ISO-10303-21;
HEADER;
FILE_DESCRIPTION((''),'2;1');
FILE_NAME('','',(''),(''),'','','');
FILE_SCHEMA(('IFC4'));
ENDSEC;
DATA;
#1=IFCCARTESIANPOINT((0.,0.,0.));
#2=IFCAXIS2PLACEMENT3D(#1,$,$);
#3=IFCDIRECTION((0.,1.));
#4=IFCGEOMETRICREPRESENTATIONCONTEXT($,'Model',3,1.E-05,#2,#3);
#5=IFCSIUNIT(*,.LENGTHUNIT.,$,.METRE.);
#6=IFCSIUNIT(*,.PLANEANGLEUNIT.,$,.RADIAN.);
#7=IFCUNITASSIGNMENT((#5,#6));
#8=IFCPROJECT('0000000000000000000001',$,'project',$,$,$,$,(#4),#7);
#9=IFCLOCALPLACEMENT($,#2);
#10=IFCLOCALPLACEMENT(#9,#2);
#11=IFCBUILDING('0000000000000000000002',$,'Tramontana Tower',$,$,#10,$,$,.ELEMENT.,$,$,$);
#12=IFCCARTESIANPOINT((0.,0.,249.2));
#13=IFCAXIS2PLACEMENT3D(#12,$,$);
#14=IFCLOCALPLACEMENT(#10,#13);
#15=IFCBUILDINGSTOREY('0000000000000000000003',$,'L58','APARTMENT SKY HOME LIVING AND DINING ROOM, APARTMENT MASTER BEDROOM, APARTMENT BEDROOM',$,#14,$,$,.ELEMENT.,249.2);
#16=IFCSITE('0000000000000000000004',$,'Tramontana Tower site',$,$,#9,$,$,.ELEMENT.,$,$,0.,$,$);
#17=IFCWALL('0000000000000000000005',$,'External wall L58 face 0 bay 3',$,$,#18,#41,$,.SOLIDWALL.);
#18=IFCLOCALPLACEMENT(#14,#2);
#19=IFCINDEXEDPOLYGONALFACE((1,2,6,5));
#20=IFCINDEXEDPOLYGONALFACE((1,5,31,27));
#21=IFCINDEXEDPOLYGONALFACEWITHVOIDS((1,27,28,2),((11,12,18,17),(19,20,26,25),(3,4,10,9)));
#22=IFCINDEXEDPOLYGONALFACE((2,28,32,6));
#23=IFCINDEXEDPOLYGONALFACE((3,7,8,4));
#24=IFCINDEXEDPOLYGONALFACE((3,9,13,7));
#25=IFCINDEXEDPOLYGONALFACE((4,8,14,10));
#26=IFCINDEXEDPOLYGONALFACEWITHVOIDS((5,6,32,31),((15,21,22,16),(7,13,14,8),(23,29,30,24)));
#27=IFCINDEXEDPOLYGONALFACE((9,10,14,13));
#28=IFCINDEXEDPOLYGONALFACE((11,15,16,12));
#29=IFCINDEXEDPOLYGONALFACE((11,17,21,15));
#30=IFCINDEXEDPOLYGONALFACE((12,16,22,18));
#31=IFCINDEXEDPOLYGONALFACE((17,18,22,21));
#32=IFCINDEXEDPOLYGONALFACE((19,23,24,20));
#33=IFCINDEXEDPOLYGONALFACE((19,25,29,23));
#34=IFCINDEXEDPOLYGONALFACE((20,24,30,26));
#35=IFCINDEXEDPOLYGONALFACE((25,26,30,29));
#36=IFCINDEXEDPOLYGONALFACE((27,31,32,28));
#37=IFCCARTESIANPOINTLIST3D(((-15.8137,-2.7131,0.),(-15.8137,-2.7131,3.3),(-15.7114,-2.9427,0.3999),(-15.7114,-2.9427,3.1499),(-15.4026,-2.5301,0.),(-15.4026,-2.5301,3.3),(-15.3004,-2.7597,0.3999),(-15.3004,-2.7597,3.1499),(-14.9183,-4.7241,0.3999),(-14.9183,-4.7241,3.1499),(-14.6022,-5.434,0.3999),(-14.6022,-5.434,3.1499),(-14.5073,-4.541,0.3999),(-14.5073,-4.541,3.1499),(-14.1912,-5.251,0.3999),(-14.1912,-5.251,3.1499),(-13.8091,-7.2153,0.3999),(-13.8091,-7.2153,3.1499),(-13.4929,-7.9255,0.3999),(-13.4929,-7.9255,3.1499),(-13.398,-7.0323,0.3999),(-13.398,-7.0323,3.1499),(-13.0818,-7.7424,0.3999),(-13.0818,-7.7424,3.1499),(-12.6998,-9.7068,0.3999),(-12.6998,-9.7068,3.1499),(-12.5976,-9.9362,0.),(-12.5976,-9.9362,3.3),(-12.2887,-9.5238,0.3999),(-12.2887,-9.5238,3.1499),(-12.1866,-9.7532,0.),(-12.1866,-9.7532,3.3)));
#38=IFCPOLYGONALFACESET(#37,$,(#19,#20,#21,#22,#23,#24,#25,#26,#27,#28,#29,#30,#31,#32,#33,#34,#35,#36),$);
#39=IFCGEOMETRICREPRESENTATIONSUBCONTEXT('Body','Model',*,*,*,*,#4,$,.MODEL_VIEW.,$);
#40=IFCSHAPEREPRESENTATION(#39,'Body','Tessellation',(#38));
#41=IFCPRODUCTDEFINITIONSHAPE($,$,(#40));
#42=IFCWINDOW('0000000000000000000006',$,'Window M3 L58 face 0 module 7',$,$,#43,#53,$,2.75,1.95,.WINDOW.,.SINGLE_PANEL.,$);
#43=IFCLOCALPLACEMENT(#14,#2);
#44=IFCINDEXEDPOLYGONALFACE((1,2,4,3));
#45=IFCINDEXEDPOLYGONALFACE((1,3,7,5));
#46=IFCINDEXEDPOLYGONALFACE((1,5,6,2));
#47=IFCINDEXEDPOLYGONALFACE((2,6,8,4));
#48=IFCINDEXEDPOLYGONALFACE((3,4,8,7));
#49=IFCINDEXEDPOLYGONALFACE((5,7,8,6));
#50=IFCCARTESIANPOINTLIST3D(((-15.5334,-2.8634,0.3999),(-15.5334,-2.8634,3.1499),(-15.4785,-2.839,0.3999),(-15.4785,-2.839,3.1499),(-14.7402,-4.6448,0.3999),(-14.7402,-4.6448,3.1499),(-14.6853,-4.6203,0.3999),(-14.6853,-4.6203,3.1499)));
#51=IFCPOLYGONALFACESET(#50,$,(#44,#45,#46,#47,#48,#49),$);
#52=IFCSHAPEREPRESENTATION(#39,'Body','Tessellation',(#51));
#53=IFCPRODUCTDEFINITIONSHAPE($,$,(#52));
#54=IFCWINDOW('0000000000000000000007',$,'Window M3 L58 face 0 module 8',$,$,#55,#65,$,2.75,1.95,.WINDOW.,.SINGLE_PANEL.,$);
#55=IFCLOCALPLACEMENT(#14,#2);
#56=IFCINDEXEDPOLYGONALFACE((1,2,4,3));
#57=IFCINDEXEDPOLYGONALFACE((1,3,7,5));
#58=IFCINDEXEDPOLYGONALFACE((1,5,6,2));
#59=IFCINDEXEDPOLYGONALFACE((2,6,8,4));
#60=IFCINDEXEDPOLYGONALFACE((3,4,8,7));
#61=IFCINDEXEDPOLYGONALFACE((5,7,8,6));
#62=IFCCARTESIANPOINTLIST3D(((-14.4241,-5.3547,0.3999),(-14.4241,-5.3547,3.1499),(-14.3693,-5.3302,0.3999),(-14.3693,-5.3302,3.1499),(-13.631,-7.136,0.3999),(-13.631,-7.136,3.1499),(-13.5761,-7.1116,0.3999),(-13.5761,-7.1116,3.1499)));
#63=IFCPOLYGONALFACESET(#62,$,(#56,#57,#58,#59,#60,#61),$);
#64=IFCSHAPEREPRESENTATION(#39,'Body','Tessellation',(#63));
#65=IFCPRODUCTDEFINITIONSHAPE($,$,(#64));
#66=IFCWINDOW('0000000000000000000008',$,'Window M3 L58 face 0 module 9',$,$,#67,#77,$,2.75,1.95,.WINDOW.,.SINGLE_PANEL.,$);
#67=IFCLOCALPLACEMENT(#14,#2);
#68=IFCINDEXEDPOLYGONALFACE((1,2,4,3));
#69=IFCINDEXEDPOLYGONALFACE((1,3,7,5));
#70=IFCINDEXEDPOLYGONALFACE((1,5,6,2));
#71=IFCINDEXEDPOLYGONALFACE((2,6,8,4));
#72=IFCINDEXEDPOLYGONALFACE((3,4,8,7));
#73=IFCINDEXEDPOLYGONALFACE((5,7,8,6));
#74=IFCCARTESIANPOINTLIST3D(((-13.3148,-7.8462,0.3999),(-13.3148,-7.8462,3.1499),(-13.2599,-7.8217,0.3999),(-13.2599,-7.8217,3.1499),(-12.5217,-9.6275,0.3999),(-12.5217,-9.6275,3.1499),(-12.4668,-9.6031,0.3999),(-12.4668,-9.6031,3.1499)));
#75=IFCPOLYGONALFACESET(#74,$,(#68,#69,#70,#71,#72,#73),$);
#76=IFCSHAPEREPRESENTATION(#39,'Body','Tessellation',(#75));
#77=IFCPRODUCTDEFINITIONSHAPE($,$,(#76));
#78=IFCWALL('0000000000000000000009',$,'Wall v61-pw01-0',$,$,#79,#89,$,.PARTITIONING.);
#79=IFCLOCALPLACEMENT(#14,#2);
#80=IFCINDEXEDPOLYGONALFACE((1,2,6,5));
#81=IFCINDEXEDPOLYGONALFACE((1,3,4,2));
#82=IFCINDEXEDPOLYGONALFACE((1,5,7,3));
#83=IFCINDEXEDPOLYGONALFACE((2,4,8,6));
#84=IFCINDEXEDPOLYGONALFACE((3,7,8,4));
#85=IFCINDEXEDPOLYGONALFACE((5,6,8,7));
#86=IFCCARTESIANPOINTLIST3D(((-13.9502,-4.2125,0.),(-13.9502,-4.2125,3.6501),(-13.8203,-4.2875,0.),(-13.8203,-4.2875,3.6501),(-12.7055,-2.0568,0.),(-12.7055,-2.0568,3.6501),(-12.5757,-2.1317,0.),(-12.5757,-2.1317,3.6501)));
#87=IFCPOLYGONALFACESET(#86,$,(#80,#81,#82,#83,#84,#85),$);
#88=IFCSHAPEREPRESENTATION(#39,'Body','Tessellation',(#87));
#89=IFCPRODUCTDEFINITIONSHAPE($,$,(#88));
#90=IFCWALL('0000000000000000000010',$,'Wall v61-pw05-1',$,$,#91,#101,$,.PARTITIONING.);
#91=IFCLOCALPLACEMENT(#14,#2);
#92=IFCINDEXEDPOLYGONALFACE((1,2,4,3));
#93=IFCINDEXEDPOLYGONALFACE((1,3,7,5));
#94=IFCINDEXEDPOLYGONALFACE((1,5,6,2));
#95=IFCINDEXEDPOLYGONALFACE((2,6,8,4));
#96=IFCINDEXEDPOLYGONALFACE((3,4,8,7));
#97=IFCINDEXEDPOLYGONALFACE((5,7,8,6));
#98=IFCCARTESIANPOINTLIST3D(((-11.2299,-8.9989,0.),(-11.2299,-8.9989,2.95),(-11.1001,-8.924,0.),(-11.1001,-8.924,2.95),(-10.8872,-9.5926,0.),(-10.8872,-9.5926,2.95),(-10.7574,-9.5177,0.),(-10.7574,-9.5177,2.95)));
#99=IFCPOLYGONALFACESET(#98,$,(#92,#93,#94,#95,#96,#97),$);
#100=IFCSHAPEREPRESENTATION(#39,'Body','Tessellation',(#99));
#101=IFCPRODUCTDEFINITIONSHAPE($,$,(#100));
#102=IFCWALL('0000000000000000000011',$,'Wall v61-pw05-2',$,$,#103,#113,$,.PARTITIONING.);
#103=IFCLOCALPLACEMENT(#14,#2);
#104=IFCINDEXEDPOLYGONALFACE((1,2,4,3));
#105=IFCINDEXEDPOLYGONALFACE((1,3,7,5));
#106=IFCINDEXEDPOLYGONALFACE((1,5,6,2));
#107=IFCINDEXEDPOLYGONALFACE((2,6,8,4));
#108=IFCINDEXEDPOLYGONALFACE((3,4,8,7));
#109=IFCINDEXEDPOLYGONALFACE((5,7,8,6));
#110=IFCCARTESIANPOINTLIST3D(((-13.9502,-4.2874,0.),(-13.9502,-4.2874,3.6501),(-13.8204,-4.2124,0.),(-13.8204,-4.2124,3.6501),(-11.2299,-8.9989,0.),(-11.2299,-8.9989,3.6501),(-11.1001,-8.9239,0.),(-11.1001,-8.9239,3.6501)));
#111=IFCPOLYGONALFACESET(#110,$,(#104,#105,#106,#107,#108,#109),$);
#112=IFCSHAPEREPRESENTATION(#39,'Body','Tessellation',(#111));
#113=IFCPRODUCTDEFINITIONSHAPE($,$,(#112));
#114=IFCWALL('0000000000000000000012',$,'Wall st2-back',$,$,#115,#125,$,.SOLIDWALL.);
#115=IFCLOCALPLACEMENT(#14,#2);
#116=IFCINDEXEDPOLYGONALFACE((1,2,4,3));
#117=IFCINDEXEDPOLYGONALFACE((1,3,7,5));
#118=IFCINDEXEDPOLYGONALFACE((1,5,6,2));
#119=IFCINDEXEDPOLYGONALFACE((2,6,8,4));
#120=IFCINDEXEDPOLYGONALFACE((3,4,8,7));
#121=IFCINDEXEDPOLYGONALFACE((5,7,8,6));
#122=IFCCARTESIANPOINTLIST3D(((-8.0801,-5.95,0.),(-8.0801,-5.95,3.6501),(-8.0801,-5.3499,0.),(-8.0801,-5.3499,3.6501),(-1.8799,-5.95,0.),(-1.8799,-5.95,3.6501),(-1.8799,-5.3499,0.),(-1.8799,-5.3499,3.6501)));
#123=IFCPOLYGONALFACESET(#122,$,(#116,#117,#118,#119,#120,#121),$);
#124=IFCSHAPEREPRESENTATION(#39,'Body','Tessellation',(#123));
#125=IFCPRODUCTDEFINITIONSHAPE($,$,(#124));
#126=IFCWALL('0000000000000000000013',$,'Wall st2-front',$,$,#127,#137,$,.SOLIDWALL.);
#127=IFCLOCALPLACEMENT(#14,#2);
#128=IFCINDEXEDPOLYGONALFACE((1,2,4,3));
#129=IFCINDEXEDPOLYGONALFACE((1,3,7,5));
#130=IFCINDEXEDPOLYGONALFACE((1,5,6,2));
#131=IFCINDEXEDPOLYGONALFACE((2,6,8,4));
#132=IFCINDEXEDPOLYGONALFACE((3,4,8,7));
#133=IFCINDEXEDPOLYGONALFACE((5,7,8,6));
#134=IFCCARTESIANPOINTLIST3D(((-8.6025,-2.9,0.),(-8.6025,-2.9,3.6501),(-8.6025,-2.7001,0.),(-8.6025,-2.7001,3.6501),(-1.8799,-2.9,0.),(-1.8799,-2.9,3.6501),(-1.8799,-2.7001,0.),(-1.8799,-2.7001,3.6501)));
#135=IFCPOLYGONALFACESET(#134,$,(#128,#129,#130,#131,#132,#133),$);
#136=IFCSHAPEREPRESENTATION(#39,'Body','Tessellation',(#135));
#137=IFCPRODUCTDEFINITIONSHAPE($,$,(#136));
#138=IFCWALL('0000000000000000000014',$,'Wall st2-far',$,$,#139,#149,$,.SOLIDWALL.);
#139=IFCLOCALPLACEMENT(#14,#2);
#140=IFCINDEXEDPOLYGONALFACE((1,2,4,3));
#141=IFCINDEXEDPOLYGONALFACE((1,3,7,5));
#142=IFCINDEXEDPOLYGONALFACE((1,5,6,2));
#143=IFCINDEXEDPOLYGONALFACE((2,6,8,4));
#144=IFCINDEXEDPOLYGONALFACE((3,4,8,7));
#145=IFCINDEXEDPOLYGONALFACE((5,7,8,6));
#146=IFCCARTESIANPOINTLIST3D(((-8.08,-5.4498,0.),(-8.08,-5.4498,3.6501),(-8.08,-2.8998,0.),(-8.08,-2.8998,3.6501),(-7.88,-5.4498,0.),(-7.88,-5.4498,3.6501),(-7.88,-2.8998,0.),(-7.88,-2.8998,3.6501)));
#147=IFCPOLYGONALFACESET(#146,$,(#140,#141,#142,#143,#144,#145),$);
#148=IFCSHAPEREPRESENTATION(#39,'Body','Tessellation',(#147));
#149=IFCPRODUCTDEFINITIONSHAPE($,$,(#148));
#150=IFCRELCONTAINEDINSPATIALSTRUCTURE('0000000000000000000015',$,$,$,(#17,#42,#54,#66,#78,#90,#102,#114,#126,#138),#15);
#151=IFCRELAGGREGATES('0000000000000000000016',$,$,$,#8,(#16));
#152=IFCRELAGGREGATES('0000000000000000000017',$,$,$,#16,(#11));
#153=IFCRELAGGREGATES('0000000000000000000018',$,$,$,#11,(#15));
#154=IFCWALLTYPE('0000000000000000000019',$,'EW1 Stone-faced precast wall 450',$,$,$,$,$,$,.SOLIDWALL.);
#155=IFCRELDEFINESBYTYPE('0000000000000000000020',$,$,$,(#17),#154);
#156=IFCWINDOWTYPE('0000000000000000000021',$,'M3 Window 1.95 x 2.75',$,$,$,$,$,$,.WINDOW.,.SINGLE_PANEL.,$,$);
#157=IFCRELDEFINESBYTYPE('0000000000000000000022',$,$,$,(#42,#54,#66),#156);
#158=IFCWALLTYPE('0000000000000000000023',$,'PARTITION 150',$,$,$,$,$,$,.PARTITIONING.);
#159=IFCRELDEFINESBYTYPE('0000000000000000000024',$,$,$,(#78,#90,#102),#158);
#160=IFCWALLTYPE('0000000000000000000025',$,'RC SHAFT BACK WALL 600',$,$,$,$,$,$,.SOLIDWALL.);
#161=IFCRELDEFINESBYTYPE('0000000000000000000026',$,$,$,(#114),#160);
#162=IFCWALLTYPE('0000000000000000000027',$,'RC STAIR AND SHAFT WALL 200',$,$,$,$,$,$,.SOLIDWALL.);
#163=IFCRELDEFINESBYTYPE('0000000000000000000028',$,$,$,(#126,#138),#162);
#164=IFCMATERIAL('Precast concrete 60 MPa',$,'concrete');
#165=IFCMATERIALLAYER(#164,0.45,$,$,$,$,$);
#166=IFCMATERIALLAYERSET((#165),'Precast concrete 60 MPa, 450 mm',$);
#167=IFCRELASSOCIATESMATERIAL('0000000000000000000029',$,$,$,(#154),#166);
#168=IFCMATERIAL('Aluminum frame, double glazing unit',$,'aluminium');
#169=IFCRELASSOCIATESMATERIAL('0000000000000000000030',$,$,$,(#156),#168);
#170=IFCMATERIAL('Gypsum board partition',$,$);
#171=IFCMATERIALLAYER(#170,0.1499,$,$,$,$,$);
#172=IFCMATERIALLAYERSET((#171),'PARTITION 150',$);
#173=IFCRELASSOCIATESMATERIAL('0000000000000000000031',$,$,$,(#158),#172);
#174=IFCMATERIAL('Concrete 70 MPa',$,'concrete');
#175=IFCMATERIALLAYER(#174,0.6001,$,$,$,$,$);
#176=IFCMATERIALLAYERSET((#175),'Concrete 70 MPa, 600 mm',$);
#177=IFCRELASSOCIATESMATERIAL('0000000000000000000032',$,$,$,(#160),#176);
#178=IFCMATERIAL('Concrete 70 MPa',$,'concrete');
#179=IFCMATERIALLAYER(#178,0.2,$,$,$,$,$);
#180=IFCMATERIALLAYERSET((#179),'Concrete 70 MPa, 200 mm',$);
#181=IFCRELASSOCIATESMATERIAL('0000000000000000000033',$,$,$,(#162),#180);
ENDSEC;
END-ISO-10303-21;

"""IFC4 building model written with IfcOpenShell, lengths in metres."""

from ifc_helpers import new_model, si_unit, direction, frame, frame_2d, origin, place, context, subcontext, project, spatial, rectangle, extrude, material, layer, layer_set, type_object, element, fill, save


model = new_model("IFC4")

# Units and contexts
model_context = context("Model", 3, precision=1e-05, world=origin(), true_north=direction((0.0, 1.0)))
body_context = subcontext(model_context, "Body", "Model", "MODEL_VIEW")
ifc_project = project(units=[si_unit("LENGTHUNIT", "METRE"), si_unit("PLANEANGLEUNIT", "RADIAN")], contexts=[model_context])

# Site, building, storey
site_placement = place(None, origin())
site = spatial("IfcSite", under=ifc_project, at=site_placement, Name="Tramontana Tower site", CompositionType="ELEMENT", RefElevation=0.0)
building_placement = place(site_placement, origin())
building = spatial("IfcBuilding", under=site, at=building_placement, Name="Tramontana Tower", CompositionType="ELEMENT")
storey_placement = place(building_placement, frame((0.0, 0.0, 249.2)))
storey = spatial("IfcBuildingStorey", under=building, at=storey_placement, Name="L58", Description="APARTMENT SKY HOME LIVING AND DINING ROOM, APARTMENT MASTER BEDROOM, APARTMENT BEDROOM", CompositionType="ELEMENT", Elevation=249.2)

# Wall, openings, windows
ifc_material_1 = material(Name="Precast concrete 60 MPa", Category="concrete")
ifc_layer_1 = layer(ifc_material_1, 0.45)
ifc_layer_set_1 = layer_set([ifc_layer_1], Name="Precast concrete 60 MPa, 450 mm")
wall_type_1 = type_object("IfcWallType", Name="EW1 Stone-faced precast wall 450", PredefinedType="SOLIDWALL", material=ifc_layer_set_1)
wall_1_placement = place(storey_placement, frame((-15.6082, -2.6216, 0.0), z_axis=(0.0, 0.0, 1.0), x_axis=(0.406749, -0.91354, 0.0)))
wall_1 = element("IfcWall", 1, at=wall_1_placement, inside=storey, type_object=wall_type_1, Name="External wall L58 face 0 bay 3", PredefinedType="SOLIDWALL", context=body_context, shape_type="SweptSolid", body=[
    extrude(rectangle(XDim=7.9067, YDim=0.45, at=frame_2d((3.9534, 0.0))), origin(), (0.0, 0.0, 1.0), 3.3),
])
opening_1_placement = place(wall_1_placement, frame((0.2512, 0.0, 0.3999)))
opening_1 = element("IfcOpeningElement", 2, at=opening_1_placement, cuts=wall_1, PredefinedType="OPENING", context=body_context, shape_type="SweptSolid", body=[
    extrude(rectangle(XDim=1.95, YDim=2.75, at=frame_2d((0.9751, 1.375))), frame((0.0, 0.2349, 0.0), z_axis=(0.0, -1.0, 0.0), x_axis=(1.0, 0.0, 0.0)), (0.0, 0.0, 1.0), 0.47),
])
opening_2_placement = place(wall_1_placement, frame((2.9783, 0.0, 0.3999)))
opening_2 = element("IfcOpeningElement", 3, at=opening_2_placement, cuts=wall_1, PredefinedType="OPENING", context=body_context, shape_type="SweptSolid", body=[
    extrude(rectangle(XDim=1.95, YDim=2.75, at=frame_2d((0.9751, 1.375))), frame((0.0, 0.2349, 0.0), z_axis=(0.0, -1.0, 0.0), x_axis=(1.0, 0.0, 0.0)), (0.0, 0.0, 1.0), 0.47),
])
opening_3_placement = place(wall_1_placement, frame((5.7056, 0.0, 0.3999)))
opening_3 = element("IfcOpeningElement", 4, at=opening_3_placement, cuts=wall_1, PredefinedType="OPENING", context=body_context, shape_type="SweptSolid", body=[
    extrude(rectangle(XDim=1.95, YDim=2.75, at=frame_2d((0.9751, 1.375))), frame((0.0, 0.2349, 0.0), z_axis=(0.0, -1.0, 0.0), x_axis=(1.0, 0.0, 0.0)), (0.0, 0.0, 1.0), 0.47),
])
ifc_material_2 = material(Name="Aluminum frame, double glazing unit", Category="aluminium")
window_type = type_object("IfcWindowType", Name="M3 Window 1.95 x 2.75", PartitioningType="SINGLE_PANEL", PredefinedType="WINDOW", material=ifc_material_2)
window_1_placement = place(opening_1_placement, origin())
window_1 = element("IfcWindow", 5, at=window_1_placement, inside=storey, type_object=window_type, Name="Window M3 L58 face 0 module 7", OverallHeight=2.75, OverallWidth=1.95, PartitioningType="SINGLE_PANEL", PredefinedType="WINDOW", context=body_context, shape_type="SweptSolid", body=[
    extrude(rectangle(XDim=1.95, YDim=2.75, at=frame_2d((0.9751, 1.375))), frame((0.0, 0.03, 0.0), z_axis=(0.0, -1.0, 0.0), x_axis=(1.0, 0.0, 0.0)), (0.0, 0.0, 1.0), 0.0601),
])
fill(opening_1, window_1)
window_2_placement = place(opening_2_placement, origin())
window_2 = element("IfcWindow", 6, at=window_2_placement, inside=storey, type_object=window_type, Name="Window M3 L58 face 0 module 8", OverallHeight=2.75, OverallWidth=1.95, PartitioningType="SINGLE_PANEL", PredefinedType="WINDOW", context=body_context, shape_type="SweptSolid", body=[
    extrude(rectangle(XDim=1.95, YDim=2.75, at=frame_2d((0.9751, 1.375))), frame((0.0, 0.03, 0.0), z_axis=(0.0, -1.0, 0.0), x_axis=(1.0, 0.0, 0.0)), (0.0, 0.0, 1.0), 0.0601),
])
fill(opening_2, window_2)
window_3_placement = place(opening_3_placement, origin())
window_3 = element("IfcWindow", 7, at=window_3_placement, inside=storey, type_object=window_type, Name="Window M3 L58 face 0 module 9", OverallHeight=2.75, OverallWidth=1.95, PartitioningType="SINGLE_PANEL", PredefinedType="WINDOW", context=body_context, shape_type="SweptSolid", body=[
    extrude(rectangle(XDim=1.95, YDim=2.75, at=frame_2d((0.9751, 1.375))), frame((0.0, 0.03, 0.0), z_axis=(0.0, -1.0, 0.0), x_axis=(1.0, 0.0, 0.0)), (0.0, 0.0, 1.0), 0.0601),
])
fill(opening_3, window_3)

# Wall
ifc_material_3 = material(Name="Gypsum board partition")
ifc_layer_2 = layer(ifc_material_3, 0.1499)
ifc_layer_set_2 = layer_set([ifc_layer_2], Name="PARTITION 150")
wall_type_2 = type_object("IfcWallType", Name="PARTITION 150", PredefinedType="PARTITIONING", material=ifc_layer_set_2)
wall_2_placement = place(storey_placement, frame((-13.8853, -4.25, 0.0), z_axis=(0.0, 0.0, 1.0), x_axis=(0.5, 0.866026, 0.0)))
element("IfcWall", 8, at=wall_2_placement, inside=storey, type_object=wall_type_2, Name="Wall v61-pw01-0", PredefinedType="PARTITIONING", context=body_context, shape_type="SweptSolid", body=[
    extrude(rectangle(XDim=2.4893, YDim=0.1499, at=frame_2d((1.2446, 0.0))), origin(), (0.0, 0.0, 1.0), 3.6501),
])

# Walls
wall_3_placement = place(storey_placement, frame((-10.8223, -9.5552, 0.0), z_axis=(0.0, 0.0, 1.0), x_axis=(-0.499969, 0.866043, 0.0)))
element("IfcWall", 9, at=wall_3_placement, inside=storey, type_object=wall_type_2, Name="Wall v61-pw05-1", PredefinedType="PARTITIONING", context=body_context, shape_type="SweptSolid", body=[
    extrude(rectangle(XDim=0.6855, YDim=0.1499, at=frame_2d((0.3428, 0.0))), origin(), (0.0, 0.0, 1.0), 2.95),
])
wall_4_placement = place(storey_placement, frame((-11.165, -8.9614, 0.0), z_axis=(0.0, 0.0, 1.0), x_axis=(-0.50001, 0.86602, 0.0)))
element("IfcWall", 10, at=wall_4_placement, inside=storey, type_object=wall_type_2, Name="Wall v61-pw05-2", PredefinedType="PARTITIONING", context=body_context, shape_type="SweptSolid", body=[
    extrude(rectangle(XDim=5.4404, YDim=0.1499, at=frame_2d((2.7202, 0.0))), origin(), (0.0, 0.0, 1.0), 3.6501),
])
ifc_material_4 = material(Name="Concrete 70 MPa", Category="concrete")
ifc_layer_3 = layer(ifc_material_4, 0.6001)
ifc_layer_set_3 = layer_set([ifc_layer_3], Name="Concrete 70 MPa, 600 mm")
wall_type_3 = type_object("IfcWallType", Name="RC SHAFT BACK WALL 600", PredefinedType="SOLIDWALL", material=ifc_layer_set_3)
wall_5_placement = place(storey_placement, frame((-8.0801, -5.6499, 0.0), z_axis=(0.0, 0.0, 1.0), x_axis=(1.0, 0.0, 0.0)))
element("IfcWall", 11, at=wall_5_placement, inside=storey, type_object=wall_type_3, Name="Wall st2-back", PredefinedType="SOLIDWALL", context=body_context, shape_type="SweptSolid", body=[
    extrude(rectangle(XDim=6.2002, YDim=0.6001, at=frame_2d((3.1001, 0.0))), origin(), (0.0, 0.0, 1.0), 3.6501),
])
ifc_material_5 = material(Name="Concrete 70 MPa", Category="concrete")
ifc_layer_4 = layer(ifc_material_5, 0.2)
ifc_layer_set_4 = layer_set([ifc_layer_4], Name="Concrete 70 MPa, 200 mm")
wall_type_4 = type_object("IfcWallType", Name="RC STAIR AND SHAFT WALL 200", PredefinedType="SOLIDWALL", material=ifc_layer_set_4)
wall_6_placement = place(storey_placement, frame((-8.6025, -2.8, 0.0), z_axis=(0.0, 0.0, 1.0), x_axis=(1.0, 0.0, 0.0)))
element("IfcWall", 12, at=wall_6_placement, inside=storey, type_object=wall_type_4, Name="Wall st2-front", PredefinedType="SOLIDWALL", context=body_context, shape_type="SweptSolid", body=[
    extrude(rectangle(XDim=6.7227, YDim=0.2, at=frame_2d((3.3613, 0.0))), origin(), (0.0, 0.0, 1.0), 3.6501),
])
wall_7_placement = place(storey_placement, frame((-7.98, -2.8999, 0.0), z_axis=(0.0, 0.0, 1.0), x_axis=(0.0, -1.0, 0.0)))
element("IfcWall", 13, at=wall_7_placement, inside=storey, type_object=wall_type_4, Name="Wall st2-far", PredefinedType="SOLIDWALL", context=body_context, shape_type="SweptSolid", body=[
    extrude(rectangle(XDim=2.55, YDim=0.2, at=frame_2d((1.2749, 0.0))), origin(), (0.0, 0.0, 1.0), 3.6501),
])

save(model, "model.ifc")
